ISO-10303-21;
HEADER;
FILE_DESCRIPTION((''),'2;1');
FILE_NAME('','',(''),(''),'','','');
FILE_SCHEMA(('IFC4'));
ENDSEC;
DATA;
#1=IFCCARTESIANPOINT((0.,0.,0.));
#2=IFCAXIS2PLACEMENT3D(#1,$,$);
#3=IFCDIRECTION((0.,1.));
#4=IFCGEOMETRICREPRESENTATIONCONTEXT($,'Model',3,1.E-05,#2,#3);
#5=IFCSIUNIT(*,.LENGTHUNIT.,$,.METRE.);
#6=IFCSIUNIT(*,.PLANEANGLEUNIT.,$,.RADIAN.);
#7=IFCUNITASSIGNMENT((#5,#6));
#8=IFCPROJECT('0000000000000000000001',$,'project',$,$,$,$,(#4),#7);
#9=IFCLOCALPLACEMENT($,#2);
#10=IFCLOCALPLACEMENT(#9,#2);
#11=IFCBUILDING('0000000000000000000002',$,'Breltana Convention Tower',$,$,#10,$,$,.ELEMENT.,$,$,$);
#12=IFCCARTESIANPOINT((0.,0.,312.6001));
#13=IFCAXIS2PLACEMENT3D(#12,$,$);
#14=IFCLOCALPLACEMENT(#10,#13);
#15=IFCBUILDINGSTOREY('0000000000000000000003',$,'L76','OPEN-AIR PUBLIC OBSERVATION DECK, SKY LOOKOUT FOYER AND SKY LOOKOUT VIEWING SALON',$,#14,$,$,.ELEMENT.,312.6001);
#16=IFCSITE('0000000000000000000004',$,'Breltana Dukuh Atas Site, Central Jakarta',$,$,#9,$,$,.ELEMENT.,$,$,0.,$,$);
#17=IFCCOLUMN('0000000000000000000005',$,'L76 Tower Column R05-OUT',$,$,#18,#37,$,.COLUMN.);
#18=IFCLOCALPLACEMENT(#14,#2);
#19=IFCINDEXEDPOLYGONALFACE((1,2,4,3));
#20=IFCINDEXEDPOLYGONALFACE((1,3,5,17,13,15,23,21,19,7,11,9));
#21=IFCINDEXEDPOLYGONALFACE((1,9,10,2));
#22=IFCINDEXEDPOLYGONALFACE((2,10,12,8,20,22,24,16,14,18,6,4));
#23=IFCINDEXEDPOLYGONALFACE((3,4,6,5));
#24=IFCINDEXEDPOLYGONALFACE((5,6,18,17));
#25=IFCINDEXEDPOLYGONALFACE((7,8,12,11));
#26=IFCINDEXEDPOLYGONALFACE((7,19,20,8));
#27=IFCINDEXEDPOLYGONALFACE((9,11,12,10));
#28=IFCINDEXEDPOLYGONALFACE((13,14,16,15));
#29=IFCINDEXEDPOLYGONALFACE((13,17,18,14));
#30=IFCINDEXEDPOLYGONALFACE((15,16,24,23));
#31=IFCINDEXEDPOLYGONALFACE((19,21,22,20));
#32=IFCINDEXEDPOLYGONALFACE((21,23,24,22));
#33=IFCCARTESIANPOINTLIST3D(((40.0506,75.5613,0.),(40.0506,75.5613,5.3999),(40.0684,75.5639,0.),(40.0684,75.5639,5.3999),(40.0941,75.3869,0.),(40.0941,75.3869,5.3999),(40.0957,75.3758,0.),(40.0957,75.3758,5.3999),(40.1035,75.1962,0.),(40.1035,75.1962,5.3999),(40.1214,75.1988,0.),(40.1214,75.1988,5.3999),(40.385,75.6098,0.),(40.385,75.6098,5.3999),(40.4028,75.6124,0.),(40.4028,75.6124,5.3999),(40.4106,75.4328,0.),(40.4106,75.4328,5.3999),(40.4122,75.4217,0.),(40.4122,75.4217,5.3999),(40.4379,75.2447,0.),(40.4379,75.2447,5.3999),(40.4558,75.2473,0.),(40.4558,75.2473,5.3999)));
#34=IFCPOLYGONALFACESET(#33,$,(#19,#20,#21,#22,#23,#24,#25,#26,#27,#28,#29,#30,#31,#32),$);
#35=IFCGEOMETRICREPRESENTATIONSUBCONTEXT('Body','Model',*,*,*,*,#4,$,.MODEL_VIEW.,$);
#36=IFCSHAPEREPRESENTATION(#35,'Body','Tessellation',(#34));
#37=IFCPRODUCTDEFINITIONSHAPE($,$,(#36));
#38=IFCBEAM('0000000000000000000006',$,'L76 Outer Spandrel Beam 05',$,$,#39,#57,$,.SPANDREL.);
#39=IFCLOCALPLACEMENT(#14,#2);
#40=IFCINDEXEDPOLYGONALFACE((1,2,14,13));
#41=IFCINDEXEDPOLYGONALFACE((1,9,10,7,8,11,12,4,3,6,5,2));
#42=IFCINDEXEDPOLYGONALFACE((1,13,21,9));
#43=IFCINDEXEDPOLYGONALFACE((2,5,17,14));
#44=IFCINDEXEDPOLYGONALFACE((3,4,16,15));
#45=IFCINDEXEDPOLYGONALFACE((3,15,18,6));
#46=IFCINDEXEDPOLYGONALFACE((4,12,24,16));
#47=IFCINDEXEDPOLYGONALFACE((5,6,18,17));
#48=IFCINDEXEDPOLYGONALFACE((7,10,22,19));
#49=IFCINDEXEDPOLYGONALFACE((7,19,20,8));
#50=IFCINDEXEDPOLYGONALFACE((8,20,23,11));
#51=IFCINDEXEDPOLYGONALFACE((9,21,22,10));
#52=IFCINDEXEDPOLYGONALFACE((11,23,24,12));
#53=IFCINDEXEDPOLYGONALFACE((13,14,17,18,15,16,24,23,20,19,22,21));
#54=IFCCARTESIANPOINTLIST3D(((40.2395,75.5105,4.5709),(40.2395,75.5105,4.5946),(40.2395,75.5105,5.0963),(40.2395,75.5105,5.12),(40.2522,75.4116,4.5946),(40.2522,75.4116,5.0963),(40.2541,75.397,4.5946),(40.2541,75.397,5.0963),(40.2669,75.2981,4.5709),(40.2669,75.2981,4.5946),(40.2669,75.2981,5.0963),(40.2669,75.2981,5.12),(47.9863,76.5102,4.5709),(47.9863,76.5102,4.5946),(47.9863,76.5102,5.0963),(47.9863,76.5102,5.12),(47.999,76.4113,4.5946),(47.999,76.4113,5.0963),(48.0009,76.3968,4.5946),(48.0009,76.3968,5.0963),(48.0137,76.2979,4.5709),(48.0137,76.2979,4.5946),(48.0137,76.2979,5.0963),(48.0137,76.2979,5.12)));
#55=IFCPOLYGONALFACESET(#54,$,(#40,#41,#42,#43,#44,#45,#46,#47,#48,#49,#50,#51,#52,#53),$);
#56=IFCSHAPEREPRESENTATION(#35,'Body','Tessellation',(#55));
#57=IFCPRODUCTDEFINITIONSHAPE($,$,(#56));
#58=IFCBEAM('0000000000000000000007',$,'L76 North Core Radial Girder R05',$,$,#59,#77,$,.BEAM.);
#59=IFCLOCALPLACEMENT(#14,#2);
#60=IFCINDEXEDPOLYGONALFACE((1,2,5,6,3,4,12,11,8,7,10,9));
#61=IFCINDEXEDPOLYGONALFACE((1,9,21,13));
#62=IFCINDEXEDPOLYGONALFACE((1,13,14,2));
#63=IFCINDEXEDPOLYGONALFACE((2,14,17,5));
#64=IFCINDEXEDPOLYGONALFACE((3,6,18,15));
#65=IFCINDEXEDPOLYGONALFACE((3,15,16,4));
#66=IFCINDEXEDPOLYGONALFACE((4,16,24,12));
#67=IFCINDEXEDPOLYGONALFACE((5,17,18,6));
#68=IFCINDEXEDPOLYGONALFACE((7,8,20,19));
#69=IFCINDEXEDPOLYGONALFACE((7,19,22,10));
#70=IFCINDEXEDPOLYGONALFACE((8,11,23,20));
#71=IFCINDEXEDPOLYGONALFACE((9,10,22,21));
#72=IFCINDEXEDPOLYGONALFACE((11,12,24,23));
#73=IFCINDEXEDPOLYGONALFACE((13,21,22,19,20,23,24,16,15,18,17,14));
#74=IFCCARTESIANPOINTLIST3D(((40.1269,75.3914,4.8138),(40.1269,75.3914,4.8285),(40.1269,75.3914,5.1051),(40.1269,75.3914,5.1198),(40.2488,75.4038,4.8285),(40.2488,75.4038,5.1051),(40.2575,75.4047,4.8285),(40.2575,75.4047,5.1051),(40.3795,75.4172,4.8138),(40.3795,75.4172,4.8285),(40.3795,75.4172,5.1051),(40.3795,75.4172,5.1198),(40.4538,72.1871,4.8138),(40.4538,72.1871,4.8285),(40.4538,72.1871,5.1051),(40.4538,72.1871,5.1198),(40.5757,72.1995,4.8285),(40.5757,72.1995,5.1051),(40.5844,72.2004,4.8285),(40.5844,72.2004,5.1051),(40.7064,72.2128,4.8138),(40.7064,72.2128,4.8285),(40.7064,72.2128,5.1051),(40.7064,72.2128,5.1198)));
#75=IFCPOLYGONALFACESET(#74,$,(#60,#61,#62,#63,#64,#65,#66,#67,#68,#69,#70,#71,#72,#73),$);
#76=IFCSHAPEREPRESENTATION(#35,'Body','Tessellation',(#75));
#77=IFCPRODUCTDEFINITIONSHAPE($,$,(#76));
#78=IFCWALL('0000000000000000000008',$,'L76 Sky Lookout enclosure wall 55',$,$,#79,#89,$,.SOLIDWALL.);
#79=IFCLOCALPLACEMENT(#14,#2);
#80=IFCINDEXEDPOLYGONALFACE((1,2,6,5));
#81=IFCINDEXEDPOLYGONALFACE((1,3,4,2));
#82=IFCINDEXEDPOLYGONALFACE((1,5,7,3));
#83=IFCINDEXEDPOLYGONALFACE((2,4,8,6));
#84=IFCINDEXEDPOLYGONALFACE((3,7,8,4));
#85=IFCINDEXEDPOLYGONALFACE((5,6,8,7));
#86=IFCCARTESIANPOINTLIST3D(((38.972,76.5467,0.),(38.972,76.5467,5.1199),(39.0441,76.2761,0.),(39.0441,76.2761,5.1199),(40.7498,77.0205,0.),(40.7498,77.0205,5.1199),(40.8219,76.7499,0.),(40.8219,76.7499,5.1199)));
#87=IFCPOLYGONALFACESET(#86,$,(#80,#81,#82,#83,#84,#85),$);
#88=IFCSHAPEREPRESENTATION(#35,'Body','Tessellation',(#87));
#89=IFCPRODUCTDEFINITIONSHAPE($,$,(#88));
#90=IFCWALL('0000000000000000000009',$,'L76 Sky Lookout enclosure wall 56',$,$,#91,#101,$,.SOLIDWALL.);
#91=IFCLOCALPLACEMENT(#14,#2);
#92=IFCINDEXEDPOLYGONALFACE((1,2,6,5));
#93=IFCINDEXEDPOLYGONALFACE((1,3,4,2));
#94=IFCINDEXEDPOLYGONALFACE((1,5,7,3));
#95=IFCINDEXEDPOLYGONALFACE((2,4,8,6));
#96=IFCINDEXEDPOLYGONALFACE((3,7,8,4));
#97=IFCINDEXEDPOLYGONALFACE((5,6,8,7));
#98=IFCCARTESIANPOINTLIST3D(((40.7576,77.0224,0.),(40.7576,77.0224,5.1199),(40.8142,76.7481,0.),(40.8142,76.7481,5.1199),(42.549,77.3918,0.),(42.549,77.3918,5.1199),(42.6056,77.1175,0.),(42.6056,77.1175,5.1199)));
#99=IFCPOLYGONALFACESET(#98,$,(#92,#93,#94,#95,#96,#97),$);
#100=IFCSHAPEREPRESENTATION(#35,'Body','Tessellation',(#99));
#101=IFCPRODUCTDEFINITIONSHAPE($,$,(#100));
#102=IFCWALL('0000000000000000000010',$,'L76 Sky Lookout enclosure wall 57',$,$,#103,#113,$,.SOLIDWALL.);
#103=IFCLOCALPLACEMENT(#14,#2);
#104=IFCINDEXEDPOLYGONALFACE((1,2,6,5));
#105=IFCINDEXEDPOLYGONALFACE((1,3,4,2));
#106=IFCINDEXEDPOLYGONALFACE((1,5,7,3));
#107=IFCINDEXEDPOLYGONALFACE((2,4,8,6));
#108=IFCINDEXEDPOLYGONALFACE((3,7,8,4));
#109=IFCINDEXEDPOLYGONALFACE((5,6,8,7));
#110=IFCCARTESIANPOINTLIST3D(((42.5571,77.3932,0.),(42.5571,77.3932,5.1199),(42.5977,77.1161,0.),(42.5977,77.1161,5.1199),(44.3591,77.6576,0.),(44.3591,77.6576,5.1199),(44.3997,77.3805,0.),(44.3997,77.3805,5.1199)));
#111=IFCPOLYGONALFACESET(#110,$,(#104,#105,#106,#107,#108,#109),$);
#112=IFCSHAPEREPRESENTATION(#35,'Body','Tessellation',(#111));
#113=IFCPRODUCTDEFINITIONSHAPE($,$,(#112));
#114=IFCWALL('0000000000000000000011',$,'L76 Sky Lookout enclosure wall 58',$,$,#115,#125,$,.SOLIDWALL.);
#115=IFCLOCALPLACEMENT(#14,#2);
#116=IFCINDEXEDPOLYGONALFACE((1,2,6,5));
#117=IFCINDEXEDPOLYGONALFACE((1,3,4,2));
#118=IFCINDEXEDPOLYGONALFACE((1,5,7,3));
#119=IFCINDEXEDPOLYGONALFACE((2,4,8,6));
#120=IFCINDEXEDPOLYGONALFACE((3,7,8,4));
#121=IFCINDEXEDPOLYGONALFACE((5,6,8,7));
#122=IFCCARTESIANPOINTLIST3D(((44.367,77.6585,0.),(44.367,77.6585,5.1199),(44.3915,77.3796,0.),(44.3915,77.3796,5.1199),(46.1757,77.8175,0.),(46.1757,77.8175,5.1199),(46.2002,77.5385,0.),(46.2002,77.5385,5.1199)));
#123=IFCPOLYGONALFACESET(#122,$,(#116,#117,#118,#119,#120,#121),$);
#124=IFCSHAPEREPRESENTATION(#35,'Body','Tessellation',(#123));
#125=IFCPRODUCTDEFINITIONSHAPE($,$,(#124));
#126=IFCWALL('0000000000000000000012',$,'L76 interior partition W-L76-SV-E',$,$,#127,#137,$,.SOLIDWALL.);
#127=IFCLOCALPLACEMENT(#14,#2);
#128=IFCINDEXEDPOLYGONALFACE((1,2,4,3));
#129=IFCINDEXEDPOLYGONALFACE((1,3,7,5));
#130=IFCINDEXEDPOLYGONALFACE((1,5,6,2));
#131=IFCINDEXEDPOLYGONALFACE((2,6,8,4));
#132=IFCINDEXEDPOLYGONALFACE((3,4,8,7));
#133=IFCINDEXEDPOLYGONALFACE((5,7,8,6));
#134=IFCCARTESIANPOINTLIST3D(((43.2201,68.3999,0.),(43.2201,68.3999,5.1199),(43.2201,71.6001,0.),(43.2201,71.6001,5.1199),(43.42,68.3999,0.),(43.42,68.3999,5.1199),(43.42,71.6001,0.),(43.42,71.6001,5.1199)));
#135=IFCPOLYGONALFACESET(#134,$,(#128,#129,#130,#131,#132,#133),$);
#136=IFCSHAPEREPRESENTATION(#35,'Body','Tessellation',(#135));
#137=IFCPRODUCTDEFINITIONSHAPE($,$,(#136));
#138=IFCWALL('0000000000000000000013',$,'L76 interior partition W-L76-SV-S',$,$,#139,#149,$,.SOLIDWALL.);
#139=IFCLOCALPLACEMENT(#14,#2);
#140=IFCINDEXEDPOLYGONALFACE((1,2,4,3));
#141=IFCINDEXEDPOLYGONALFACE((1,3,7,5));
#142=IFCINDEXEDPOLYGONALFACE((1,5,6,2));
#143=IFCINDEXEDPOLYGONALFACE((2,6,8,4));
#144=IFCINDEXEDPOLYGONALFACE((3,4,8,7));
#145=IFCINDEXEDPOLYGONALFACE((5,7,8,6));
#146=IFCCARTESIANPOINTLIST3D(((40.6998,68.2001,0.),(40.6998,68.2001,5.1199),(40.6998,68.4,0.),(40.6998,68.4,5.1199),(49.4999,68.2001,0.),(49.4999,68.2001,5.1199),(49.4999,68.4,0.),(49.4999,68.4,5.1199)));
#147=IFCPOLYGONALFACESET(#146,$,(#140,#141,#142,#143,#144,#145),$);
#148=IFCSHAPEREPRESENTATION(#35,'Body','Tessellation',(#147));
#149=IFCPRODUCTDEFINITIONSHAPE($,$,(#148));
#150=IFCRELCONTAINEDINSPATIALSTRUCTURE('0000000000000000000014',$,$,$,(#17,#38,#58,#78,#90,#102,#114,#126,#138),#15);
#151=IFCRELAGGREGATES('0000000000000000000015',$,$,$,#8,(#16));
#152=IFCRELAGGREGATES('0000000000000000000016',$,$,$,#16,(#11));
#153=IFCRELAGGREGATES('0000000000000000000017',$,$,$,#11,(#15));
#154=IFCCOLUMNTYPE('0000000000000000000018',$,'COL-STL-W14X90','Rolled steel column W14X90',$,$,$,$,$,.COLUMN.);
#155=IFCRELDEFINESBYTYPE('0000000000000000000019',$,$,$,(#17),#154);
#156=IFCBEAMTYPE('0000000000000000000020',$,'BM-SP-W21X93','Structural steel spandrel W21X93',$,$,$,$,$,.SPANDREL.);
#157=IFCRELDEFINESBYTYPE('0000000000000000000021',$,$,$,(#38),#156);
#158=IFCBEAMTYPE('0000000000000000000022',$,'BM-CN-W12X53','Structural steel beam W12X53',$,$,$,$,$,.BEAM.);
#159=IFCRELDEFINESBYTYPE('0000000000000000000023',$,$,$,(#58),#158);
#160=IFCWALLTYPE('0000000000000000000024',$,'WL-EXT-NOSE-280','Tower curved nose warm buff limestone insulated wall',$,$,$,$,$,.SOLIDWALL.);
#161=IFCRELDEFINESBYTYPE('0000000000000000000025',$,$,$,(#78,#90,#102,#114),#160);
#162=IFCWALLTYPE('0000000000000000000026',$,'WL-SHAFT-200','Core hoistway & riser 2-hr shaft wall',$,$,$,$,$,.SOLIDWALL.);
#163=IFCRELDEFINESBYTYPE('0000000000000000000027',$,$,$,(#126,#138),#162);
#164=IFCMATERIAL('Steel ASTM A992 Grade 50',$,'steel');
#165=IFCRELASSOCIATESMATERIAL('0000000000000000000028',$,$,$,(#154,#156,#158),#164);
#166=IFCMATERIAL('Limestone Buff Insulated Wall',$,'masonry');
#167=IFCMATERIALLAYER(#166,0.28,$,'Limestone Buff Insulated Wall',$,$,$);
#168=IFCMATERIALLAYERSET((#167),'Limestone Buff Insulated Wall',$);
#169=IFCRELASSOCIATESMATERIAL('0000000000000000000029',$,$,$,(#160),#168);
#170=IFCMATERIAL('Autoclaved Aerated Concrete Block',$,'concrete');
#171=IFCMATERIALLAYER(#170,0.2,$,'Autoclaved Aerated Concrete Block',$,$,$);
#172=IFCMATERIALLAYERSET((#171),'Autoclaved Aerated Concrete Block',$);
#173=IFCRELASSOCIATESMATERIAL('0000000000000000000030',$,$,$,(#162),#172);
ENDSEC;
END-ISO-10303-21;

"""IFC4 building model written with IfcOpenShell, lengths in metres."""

from ifc_helpers import new_model, si_unit, direction, frame, frame_2d, origin, origin_2d, place, context, subcontext, project, spatial, rectangle, i_section, extrude, source, transform, mapped, material, layer, layer_set, material_profile, profile_set, type_object, element, save


model = new_model("IFC4")

# Units and contexts
model_context = context("Model", 3, precision=1e-05, world=origin(), true_north=direction((0.0, 1.0)))
body_context = subcontext(model_context, "Body", "Model", "MODEL_VIEW")
ifc_project = project(units=[si_unit("LENGTHUNIT", "METRE"), si_unit("PLANEANGLEUNIT", "RADIAN")], contexts=[model_context])

# Site, building, storey
site_placement = place(None, origin())
site = spatial("IfcSite", under=ifc_project, at=site_placement, Name="Breltana Dukuh Atas Site, Central Jakarta", CompositionType="ELEMENT", RefElevation=0.0)
building_placement = place(site_placement, origin())
building = spatial("IfcBuilding", under=site, at=building_placement, Name="Breltana Convention Tower", CompositionType="ELEMENT")
storey_placement = place(building_placement, frame((0.0, 0.0, 312.6001)))
storey = spatial("IfcBuildingStorey", under=building, at=storey_placement, Name="L76", Description="OPEN-AIR PUBLIC OBSERVATION DECK, SKY LOOKOUT FOYER AND SKY LOOKOUT VIEWING SALON", CompositionType="ELEMENT", Elevation=312.6001)

# Column
ifc_material_1 = material(Name="Steel ASTM A992 Grade 50", Category="steel")
ifc_material_profile_1 = material_profile(ifc_material_1, i_section(OverallWidth=0.3689, OverallDepth=0.356, WebThickness=0.0112, FlangeThickness=0.0181, at=origin_2d()), Name="W14X90")
ifc_profile_set_1 = profile_set([ifc_material_profile_1], Name="Steel ASTM A992 Grade 50")
column_type = type_object("IfcColumnType", Name="COL-STL-W14X90", Description="Rolled steel column W14X90", PredefinedType="COLUMN", material=ifc_profile_set_1)
shared_shape_1 = source(origin(), body_context, "Body", "SweptSolid", [
    extrude(i_section(OverallWidth=0.3689, OverallDepth=0.356, WebThickness=0.0112, FlangeThickness=0.0181, at=origin_2d()), origin(), (0.0, 0.0, 1.0), 5.3999),
])
column_placement = place(storey_placement, frame((40.2532, 75.4043, 0.0), z_axis=(0.0, 0.0, 1.0), x_axis=(-0.143493, 0.989651, 0.0)))
element("IfcColumn", 1, at=column_placement, inside=storey, type_object=column_type, Name="L76 Tower Column R05-OUT", PredefinedType="COLUMN", context=body_context, shape_type="MappedRepresentation", body=[
    mapped(shared_shape_1, transform((0.0, 0.0, 0.0), scale=1.0)),
])

# Beams
ifc_material_profile_2 = material_profile(ifc_material_1, i_section(OverallWidth=0.2141, OverallDepth=0.5491, WebThickness=0.0146, FlangeThickness=0.0237, at=origin_2d()), Name="W21X93")
ifc_profile_set_2 = profile_set([ifc_material_profile_2], Name="Steel ASTM A992 Grade 50")
beam_type_1 = type_object("IfcBeamType", Name="BM-SP-W21X93", Description="Structural steel spandrel W21X93", PredefinedType="SPANDREL", material=ifc_profile_set_2)
shared_shape_2 = source(origin(), body_context, "Body", "SweptSolid", [
    extrude(i_section(OverallWidth=0.2141, OverallDepth=0.5491, WebThickness=0.0146, FlangeThickness=0.0237, at=origin_2d()), origin(), (0.0, 0.0, 1.0), 7.811),
])
beam_1_placement = place(storey_placement, frame((40.2532, 75.4043, 4.8455), z_axis=(0.991775, 0.127992, 0.0), x_axis=(-0.127992, 0.991775, 0.0)))
element("IfcBeam", 2, at=beam_1_placement, inside=storey, type_object=beam_type_1, Name="L76 Outer Spandrel Beam 05", PredefinedType="SPANDREL", context=body_context, shape_type="MappedRepresentation", body=[
    mapped(shared_shape_2, transform((0.0, 0.0, 0.0), scale=1.0)),
])
ifc_material_profile_3 = material_profile(ifc_material_1, i_section(OverallWidth=0.2539, OverallDepth=0.3059, WebThickness=0.0088, FlangeThickness=0.0146, at=origin_2d()), Name="W12X53")
ifc_profile_set_3 = profile_set([ifc_material_profile_3], Name="Steel ASTM A992 Grade 50")
beam_type_2 = type_object("IfcBeamType", Name="BM-CN-W12X53", Description="Structural steel beam W12X53", PredefinedType="BEAM", material=ifc_profile_set_3)
shared_shape_3 = source(origin(), body_context, "Body", "SweptSolid", [
    extrude(i_section(OverallWidth=0.2539, OverallDepth=0.3059, WebThickness=0.0088, FlangeThickness=0.0146, at=origin_2d()), origin(), (0.0, 0.0, 1.0), 3.2209),
])
beam_2_placement = place(storey_placement, frame((40.5801, 72.2, 4.9668), z_axis=(-0.101492, 0.994836, 0.0), x_axis=(-0.994836, -0.101492, 0.0)))
element("IfcBeam", 3, at=beam_2_placement, inside=storey, type_object=beam_type_2, Name="L76 North Core Radial Girder R05", PredefinedType="BEAM", context=body_context, shape_type="MappedRepresentation", body=[
    mapped(shared_shape_3, transform((0.0, 0.0, 0.0), scale=1.0)),
])

# Walls
ifc_material_2 = material(Name="Limestone Buff Insulated Wall", Category="masonry")
ifc_layer_1 = layer(ifc_material_2, 0.28, Name="Limestone Buff Insulated Wall")
ifc_layer_set_1 = layer_set([ifc_layer_1], Name="Limestone Buff Insulated Wall")
wall_type_1 = type_object("IfcWallType", Name="WL-EXT-NOSE-280", Description="Tower curved nose warm buff limestone insulated wall", PredefinedType="SOLIDWALL", material=ifc_layer_set_1)
shared_shape_4 = source(origin(), body_context, "Body", "SweptSolid", [
    extrude(rectangle(XDim=1.8398, YDim=0.28, at=frame_2d((0.9199, 0.0))), origin(), (0.0, 0.0, 1.0), 5.1199),
])
wall_1_placement = place(storey_placement, frame((39.0081, 76.4114, 0.0), z_axis=(0.0, 0.0, 1.0), x_axis=(0.966264, 0.257555, 0.0)))
element("IfcWall", 4, at=wall_1_placement, inside=storey, type_object=wall_type_1, Name="L76 Sky Lookout enclosure wall 55", PredefinedType="SOLIDWALL", context=body_context, shape_type="MappedRepresentation", body=[
    mapped(shared_shape_4, transform((0.0, 0.0, 0.0), scale=1.0)),
])
shared_shape_5 = source(origin(), body_context, "Body", "SweptSolid", [
    extrude(rectangle(XDim=1.8291, YDim=0.28, at=frame_2d((0.9146, 0.0))), origin(), (0.0, 0.0, 1.0), 5.1199),
])
wall_2_placement = place(storey_placement, frame((40.7859, 76.8853, 0.0), z_axis=(0.0, 0.0, 1.0), x_axis=(0.979398, 0.201939, 0.0)))
element("IfcWall", 5, at=wall_2_placement, inside=storey, type_object=wall_type_1, Name="L76 Sky Lookout enclosure wall 56", PredefinedType="SOLIDWALL", context=body_context, shape_type="MappedRepresentation", body=[
    mapped(shared_shape_5, transform((0.0, 0.0, 0.0), scale=1.0)),
])
shared_shape_6 = source(origin(), body_context, "Body", "SweptSolid", [
    extrude(rectangle(XDim=1.8213, YDim=0.28, at=frame_2d((0.9106, 0.0))), origin(), (0.0, 0.0, 1.0), 5.1199),
])
wall_3_placement = place(storey_placement, frame((42.5774, 77.2546, 0.0), z_axis=(0.0, 0.0, 1.0), x_axis=(0.989406, 0.145174, 0.0)))
element("IfcWall", 6, at=wall_3_placement, inside=storey, type_object=wall_type_1, Name="L76 Sky Lookout enclosure wall 57", PredefinedType="SOLIDWALL", context=body_context, shape_type="MappedRepresentation", body=[
    mapped(shared_shape_6, transform((0.0, 0.0, 0.0), scale=1.0)),
])
shared_shape_7 = source(origin(), body_context, "Body", "SweptSolid", [
    extrude(rectangle(XDim=1.8157, YDim=0.28, at=frame_2d((0.9077, 0.0))), origin(), (0.0, 0.0, 1.0), 5.1199),
])
wall_4_placement = place(storey_placement, frame((44.3794, 77.519, 0.0), z_axis=(0.0, 0.0, 1.0), x_axis=(0.996161, 0.087541, 0.0)))
element("IfcWall", 7, at=wall_4_placement, inside=storey, type_object=wall_type_1, Name="L76 Sky Lookout enclosure wall 58", PredefinedType="SOLIDWALL", context=body_context, shape_type="MappedRepresentation", body=[
    mapped(shared_shape_7, transform((0.0, 0.0, 0.0), scale=1.0)),
])
ifc_material_3 = material(Name="Autoclaved Aerated Concrete Block", Category="concrete")
ifc_layer_2 = layer(ifc_material_3, 0.2, Name="Autoclaved Aerated Concrete Block")
ifc_layer_set_2 = layer_set([ifc_layer_2], Name="Autoclaved Aerated Concrete Block")
wall_type_2 = type_object("IfcWallType", Name="WL-SHAFT-200", Description="Core hoistway & riser 2-hr shaft wall", PredefinedType="SOLIDWALL", material=ifc_layer_set_2)
shared_shape_8 = source(origin(), body_context, "Body", "SweptSolid", [
    extrude(rectangle(XDim=3.2002, YDim=0.2, at=frame_2d((1.6001, 0.0))), origin(), (0.0, 0.0, 1.0), 5.1199),
])
wall_5_placement = place(storey_placement, frame((43.3201, 68.3999, 0.0), z_axis=(0.0, 0.0, 1.0), x_axis=(0.0, 1.0, 0.0)))
element("IfcWall", 8, at=wall_5_placement, inside=storey, type_object=wall_type_2, Name="L76 interior partition W-L76-SV-E", PredefinedType="SOLIDWALL", context=body_context, shape_type="MappedRepresentation", body=[
    mapped(shared_shape_8, transform((0.0, 0.0, 0.0), scale=1.0)),
])
shared_shape_9 = source(origin(), body_context, "Body", "SweptSolid", [
    extrude(rectangle(XDim=8.8, YDim=0.2, at=frame_2d((4.3999, 0.0))), origin(), (0.0, 0.0, 1.0), 5.1199),
])
wall_6_placement = place(storey_placement, frame((40.7, 68.3, 0.0), z_axis=(0.0, 0.0, 1.0), x_axis=(1.0, 0.0, 0.0)))
element("IfcWall", 9, at=wall_6_placement, inside=storey, type_object=wall_type_2, Name="L76 interior partition W-L76-SV-S", PredefinedType="SOLIDWALL", context=body_context, shape_type="MappedRepresentation", body=[
    mapped(shared_shape_9, transform((0.0, 0.0, 0.0), scale=1.0)),
])

save(model, "model.ifc")
